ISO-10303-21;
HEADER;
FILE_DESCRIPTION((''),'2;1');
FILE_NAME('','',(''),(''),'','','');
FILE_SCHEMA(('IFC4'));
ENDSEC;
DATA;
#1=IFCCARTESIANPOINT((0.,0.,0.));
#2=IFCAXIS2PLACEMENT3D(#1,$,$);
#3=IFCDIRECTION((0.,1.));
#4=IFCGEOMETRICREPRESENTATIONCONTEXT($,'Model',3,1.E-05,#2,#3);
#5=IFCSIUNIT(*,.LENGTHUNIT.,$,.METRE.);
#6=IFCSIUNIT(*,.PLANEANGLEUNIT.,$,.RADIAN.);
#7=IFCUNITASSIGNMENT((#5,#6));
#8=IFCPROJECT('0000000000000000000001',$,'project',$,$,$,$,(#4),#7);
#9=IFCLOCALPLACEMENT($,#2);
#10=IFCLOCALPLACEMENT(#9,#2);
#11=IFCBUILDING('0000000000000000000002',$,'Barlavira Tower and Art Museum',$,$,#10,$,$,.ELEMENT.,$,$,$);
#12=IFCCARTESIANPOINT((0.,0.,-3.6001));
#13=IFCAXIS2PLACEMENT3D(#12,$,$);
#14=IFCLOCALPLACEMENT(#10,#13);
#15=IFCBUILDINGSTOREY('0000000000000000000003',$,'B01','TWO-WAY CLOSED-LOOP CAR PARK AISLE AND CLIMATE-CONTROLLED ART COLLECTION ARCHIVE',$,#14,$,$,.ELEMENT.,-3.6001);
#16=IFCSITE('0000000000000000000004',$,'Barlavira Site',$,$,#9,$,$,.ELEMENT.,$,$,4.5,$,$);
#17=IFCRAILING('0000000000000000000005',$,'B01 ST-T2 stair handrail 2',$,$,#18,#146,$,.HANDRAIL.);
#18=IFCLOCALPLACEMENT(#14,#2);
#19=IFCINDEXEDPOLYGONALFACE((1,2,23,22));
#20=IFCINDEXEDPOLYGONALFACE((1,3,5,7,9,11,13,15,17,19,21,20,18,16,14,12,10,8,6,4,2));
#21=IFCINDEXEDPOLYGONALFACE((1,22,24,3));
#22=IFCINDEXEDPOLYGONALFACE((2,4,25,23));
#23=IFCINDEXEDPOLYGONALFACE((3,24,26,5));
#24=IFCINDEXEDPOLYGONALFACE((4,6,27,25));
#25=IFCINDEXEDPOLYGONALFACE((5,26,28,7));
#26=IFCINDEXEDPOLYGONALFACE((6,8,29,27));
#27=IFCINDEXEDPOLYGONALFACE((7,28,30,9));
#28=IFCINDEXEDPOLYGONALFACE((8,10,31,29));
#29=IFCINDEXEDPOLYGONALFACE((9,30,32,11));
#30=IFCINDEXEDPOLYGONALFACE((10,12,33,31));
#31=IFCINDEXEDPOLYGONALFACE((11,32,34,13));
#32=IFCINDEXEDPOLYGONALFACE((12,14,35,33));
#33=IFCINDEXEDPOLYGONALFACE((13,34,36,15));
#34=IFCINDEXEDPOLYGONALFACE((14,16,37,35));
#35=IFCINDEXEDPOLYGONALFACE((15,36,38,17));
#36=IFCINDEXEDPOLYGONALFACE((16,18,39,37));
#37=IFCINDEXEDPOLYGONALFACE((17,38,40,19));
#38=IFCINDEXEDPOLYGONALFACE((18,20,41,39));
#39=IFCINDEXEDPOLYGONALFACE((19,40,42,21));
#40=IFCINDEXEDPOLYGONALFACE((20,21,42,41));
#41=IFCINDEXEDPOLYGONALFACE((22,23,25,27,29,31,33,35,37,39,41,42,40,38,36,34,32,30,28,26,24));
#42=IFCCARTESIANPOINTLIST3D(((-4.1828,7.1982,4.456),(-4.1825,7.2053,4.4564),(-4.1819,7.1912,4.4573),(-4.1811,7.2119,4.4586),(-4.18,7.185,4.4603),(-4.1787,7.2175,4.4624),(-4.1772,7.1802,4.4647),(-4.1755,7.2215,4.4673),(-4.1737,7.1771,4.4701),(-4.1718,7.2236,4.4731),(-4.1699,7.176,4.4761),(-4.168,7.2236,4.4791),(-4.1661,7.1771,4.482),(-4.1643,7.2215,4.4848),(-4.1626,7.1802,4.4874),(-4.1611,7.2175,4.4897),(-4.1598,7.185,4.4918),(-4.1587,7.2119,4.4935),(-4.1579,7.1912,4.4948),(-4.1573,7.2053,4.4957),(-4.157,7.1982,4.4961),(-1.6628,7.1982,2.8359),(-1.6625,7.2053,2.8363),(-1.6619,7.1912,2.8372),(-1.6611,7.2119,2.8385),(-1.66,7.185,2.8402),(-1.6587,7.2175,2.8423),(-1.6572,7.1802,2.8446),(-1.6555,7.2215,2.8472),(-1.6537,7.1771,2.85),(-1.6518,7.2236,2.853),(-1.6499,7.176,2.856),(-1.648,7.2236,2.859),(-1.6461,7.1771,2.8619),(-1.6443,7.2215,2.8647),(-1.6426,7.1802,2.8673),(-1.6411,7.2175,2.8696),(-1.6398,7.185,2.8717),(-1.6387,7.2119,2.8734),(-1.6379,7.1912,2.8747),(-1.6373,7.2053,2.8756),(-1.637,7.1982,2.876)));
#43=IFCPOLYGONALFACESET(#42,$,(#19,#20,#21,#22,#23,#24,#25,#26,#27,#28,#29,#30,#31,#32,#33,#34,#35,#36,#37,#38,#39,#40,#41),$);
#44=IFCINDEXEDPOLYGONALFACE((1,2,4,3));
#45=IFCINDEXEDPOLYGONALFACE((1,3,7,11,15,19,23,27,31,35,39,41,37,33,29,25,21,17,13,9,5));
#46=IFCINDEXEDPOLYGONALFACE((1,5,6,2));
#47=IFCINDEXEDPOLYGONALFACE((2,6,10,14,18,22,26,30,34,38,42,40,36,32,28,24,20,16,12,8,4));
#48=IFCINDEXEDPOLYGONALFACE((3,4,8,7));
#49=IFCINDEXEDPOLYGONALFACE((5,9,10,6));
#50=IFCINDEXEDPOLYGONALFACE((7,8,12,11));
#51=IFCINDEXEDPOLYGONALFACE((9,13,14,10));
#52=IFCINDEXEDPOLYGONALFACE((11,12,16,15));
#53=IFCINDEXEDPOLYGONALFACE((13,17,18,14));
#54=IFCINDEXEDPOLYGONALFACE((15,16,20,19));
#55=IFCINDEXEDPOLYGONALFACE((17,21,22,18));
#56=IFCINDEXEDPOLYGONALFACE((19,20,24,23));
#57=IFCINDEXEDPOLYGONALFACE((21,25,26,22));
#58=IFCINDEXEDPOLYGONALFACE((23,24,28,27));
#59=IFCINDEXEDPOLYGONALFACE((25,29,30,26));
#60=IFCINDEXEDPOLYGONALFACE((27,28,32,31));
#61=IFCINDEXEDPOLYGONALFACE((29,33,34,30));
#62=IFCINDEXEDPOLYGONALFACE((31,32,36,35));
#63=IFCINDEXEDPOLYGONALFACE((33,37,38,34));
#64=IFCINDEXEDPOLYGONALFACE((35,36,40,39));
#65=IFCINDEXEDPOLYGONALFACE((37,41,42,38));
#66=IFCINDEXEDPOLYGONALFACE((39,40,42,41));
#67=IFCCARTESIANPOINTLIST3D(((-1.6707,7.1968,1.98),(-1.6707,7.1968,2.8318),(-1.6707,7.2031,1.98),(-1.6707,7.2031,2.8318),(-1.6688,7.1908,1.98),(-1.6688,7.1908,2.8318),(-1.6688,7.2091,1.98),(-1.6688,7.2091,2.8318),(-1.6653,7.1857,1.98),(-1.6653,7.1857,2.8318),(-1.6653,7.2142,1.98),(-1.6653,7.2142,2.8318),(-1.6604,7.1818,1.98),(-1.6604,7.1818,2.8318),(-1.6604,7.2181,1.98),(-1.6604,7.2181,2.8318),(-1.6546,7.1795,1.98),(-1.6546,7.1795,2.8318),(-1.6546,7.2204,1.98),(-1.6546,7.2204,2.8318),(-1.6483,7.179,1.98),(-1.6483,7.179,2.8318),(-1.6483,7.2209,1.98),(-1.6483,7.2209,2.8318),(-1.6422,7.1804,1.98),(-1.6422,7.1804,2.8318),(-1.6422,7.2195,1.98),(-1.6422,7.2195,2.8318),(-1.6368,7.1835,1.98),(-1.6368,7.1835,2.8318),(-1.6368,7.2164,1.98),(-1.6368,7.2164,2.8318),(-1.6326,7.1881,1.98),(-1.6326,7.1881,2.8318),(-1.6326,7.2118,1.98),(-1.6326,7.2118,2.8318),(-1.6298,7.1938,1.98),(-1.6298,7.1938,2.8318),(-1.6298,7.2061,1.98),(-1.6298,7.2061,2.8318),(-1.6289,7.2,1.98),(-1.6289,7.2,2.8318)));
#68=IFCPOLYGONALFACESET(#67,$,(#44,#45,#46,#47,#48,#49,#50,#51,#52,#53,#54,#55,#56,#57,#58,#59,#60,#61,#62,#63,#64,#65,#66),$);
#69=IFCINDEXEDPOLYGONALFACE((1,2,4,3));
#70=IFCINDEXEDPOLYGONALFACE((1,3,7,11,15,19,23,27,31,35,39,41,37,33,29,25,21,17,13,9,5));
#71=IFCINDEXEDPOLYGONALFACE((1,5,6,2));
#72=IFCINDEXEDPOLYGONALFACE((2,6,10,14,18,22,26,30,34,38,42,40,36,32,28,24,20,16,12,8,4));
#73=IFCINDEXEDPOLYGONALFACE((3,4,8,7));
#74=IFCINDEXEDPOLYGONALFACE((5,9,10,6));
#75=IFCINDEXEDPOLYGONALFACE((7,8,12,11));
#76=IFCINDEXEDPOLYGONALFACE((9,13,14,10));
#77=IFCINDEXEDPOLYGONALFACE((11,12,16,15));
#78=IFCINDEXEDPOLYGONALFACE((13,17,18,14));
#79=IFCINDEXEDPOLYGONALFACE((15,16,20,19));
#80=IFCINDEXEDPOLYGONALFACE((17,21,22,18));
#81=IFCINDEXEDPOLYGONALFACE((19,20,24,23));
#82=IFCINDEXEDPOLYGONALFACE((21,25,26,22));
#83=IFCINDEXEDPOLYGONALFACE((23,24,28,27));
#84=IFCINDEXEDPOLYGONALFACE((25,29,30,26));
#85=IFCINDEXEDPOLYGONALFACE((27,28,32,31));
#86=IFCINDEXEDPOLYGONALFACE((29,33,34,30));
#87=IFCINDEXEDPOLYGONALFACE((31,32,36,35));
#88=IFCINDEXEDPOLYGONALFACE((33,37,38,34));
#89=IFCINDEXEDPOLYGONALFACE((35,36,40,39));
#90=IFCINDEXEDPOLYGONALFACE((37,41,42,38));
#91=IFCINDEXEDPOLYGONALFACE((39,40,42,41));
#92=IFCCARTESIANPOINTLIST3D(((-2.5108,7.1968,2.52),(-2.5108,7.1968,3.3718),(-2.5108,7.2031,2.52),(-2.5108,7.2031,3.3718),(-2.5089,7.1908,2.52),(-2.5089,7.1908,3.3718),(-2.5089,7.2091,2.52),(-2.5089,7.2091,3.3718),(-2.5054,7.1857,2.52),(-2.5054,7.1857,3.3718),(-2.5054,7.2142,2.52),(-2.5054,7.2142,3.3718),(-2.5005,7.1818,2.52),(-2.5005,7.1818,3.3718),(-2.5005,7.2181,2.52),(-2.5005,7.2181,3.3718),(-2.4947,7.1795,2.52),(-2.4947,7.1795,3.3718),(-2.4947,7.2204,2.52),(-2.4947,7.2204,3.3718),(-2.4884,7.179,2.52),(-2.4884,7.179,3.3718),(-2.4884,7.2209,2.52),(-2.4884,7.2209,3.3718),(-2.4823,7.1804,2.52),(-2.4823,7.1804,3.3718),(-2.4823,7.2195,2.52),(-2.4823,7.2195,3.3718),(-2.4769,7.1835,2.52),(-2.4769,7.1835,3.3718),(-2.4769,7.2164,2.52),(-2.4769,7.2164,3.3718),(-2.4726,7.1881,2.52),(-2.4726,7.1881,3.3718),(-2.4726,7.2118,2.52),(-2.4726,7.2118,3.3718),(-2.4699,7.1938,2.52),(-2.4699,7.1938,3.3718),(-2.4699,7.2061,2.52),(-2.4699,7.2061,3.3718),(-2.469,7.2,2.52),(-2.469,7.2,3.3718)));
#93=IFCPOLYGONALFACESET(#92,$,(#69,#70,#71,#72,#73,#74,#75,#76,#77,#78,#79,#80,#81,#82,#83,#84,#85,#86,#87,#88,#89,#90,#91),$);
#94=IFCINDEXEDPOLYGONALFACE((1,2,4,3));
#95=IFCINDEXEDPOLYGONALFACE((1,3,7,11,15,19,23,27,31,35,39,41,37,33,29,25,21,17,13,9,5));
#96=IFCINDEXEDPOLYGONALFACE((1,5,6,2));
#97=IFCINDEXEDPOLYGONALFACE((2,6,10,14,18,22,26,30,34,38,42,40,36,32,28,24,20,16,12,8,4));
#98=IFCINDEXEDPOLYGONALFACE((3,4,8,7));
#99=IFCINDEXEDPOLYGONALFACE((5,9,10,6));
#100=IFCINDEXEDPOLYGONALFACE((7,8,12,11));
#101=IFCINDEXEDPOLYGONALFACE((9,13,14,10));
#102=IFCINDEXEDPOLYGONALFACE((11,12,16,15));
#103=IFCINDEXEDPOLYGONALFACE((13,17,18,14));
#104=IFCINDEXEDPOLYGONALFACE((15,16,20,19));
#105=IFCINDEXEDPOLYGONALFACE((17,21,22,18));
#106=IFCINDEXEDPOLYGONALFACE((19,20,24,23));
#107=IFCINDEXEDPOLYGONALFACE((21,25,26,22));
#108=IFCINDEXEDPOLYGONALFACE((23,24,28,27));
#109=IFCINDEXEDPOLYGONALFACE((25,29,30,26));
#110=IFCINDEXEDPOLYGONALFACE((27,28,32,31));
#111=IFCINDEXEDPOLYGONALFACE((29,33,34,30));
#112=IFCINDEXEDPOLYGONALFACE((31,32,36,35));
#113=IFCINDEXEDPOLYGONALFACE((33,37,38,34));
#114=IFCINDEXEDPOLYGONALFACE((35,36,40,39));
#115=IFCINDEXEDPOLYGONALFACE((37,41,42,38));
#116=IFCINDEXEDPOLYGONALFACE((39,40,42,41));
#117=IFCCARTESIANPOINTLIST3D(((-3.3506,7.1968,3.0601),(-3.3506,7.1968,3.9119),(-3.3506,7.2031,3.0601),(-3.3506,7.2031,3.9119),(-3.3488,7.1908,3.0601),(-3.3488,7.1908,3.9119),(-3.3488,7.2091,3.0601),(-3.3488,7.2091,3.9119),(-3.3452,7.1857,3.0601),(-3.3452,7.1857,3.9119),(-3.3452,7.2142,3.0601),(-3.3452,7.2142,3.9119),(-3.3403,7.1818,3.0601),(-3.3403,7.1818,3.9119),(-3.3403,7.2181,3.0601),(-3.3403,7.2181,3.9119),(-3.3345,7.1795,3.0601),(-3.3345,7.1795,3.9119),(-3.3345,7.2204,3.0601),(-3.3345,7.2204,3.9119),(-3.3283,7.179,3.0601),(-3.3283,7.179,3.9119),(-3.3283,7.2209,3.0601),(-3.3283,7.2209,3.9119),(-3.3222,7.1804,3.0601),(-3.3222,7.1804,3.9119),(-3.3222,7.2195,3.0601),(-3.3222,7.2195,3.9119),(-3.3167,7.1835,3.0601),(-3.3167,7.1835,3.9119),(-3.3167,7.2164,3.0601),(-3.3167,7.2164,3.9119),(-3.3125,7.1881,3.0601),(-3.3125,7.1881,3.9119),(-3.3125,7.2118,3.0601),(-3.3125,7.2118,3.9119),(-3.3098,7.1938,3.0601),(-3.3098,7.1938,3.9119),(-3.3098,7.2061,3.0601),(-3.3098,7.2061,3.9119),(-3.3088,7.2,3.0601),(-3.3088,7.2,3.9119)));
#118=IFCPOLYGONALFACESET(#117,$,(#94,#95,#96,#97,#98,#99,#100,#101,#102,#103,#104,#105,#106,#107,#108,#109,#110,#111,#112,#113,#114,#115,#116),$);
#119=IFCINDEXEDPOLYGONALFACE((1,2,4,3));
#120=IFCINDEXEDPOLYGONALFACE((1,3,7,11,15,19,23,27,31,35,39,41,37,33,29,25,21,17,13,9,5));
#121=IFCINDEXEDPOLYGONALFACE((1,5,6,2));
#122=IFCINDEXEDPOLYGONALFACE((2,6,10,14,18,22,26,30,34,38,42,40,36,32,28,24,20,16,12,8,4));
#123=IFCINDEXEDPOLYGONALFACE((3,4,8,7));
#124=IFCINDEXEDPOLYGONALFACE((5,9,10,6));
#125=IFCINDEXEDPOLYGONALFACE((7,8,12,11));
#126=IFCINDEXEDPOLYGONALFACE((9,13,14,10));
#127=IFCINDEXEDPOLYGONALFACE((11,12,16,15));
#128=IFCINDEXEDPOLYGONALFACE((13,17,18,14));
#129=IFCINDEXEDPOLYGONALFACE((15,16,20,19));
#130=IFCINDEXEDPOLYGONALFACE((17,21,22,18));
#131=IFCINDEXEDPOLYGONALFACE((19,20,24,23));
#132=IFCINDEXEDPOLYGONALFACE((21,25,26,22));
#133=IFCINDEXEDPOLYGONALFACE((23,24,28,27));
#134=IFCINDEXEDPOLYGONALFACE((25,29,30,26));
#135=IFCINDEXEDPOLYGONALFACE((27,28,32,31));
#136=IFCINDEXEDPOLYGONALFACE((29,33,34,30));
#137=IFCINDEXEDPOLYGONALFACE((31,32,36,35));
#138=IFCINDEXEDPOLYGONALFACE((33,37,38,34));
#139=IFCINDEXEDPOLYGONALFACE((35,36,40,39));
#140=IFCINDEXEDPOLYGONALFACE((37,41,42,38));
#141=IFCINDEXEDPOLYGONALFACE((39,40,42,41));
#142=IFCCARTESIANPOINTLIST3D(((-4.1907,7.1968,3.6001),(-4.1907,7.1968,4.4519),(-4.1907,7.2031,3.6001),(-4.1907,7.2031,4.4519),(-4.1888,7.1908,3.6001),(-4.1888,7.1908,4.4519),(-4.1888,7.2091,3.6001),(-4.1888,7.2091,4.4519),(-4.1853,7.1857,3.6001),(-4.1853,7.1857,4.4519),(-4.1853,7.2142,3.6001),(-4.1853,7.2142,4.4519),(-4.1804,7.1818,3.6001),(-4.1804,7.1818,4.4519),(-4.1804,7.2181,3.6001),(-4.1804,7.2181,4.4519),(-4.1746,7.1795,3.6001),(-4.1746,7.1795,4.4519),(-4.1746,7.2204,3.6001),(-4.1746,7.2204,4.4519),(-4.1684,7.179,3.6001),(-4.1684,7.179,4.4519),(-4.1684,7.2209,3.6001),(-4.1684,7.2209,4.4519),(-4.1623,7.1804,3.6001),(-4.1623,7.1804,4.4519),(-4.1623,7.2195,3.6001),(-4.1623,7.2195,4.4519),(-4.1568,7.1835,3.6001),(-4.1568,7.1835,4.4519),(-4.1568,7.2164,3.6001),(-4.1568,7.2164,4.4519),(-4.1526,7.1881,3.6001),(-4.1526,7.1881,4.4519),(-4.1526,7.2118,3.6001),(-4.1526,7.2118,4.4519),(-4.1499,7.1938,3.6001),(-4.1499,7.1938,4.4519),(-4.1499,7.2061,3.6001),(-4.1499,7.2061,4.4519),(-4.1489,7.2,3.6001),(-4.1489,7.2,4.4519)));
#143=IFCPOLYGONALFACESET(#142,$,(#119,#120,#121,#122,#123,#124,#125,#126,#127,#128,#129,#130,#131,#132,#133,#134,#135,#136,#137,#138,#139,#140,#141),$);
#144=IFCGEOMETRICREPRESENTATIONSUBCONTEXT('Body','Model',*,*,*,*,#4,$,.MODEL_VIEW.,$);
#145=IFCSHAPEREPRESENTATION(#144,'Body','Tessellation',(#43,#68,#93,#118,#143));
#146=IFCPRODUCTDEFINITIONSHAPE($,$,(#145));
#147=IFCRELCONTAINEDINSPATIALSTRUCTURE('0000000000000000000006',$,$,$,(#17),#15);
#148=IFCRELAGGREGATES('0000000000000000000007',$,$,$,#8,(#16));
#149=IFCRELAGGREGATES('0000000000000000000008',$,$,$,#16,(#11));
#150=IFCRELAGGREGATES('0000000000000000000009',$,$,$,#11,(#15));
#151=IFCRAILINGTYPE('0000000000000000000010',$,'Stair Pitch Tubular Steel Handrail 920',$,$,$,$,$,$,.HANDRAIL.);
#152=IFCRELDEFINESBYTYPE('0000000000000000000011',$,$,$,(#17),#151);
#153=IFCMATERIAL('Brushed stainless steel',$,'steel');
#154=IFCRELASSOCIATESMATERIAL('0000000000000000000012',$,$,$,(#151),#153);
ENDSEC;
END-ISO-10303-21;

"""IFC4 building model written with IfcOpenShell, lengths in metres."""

from ifc_helpers import new_model, si_unit, direction, frame, origin, origin_2d, place, context, subcontext, project, spatial, circle, extrude, material, type_object, element, save


model = new_model("IFC4")

# Units and contexts
model_context = context("Model", 3, precision=1e-05, world=origin(), true_north=direction((0.0, 1.0)))
body_context = subcontext(model_context, "Body", "Model", "MODEL_VIEW")
ifc_project = project(units=[si_unit("LENGTHUNIT", "METRE"), si_unit("PLANEANGLEUNIT", "RADIAN")], contexts=[model_context])

# Site, building, storey
site_placement = place(None, origin())
site = spatial("IfcSite", under=ifc_project, at=site_placement, Name="Barlavira Site", CompositionType="ELEMENT", RefElevation=4.5)
building_placement = place(site_placement, origin())
building = spatial("IfcBuilding", under=site, at=building_placement, Name="Barlavira Tower and Art Museum", CompositionType="ELEMENT")
storey_placement = place(building_placement, frame((0.0, 0.0, -3.6001)))
storey = spatial("IfcBuildingStorey", under=building, at=storey_placement, Name="B01", Description="TWO-WAY CLOSED-LOOP CAR PARK AISLE AND CLIMATE-CONTROLLED ART COLLECTION ARCHIVE", CompositionType="ELEMENT", Elevation=-3.6001)

# Railing
ifc_material_1 = material(Name="Brushed stainless steel", Category="steel")
railing_type_1 = type_object("IfcRailingType", Name="Stair Pitch Tubular Steel Handrail 920", PredefinedType="HANDRAIL", material=ifc_material_1)
railing_1_placement = place(storey_placement, frame((-1.6499, 7.2, 1.98)))
element("IfcRailing", 1, at=railing_1_placement, inside=storey, type_object=railing_type_1, Name="B01 ST-T2 stair handrail 2", PredefinedType="HANDRAIL", context=body_context, shape_type="SweptSolid", body=[
    extrude(circle(Radius=0.0239, at=origin_2d()), frame((0.0, 0.0, 0.876), z_axis=(-0.841163, 0.0, 0.540782), x_axis=(0.0, -1.0, 0.0)), (0.0, 0.0, 1.0), 2.9958),
    extrude(circle(Radius=0.021, at=origin_2d()), origin(), (0.0, 0.0, 1.0), 0.8518),
    extrude(circle(Radius=0.021, at=origin_2d()), frame((-0.8401, 0.0, 0.54)), (0.0, 0.0, 1.0), 0.8518),
    extrude(circle(Radius=0.021, at=origin_2d()), frame((-1.6799, 0.0, 1.0801)), (0.0, 0.0, 1.0), 0.8518),
    extrude(circle(Radius=0.021, at=origin_2d()), frame((-2.52, 0.0, 1.6201)), (0.0, 0.0, 1.0), 0.8518),
])

save(model, "model.ifc")
